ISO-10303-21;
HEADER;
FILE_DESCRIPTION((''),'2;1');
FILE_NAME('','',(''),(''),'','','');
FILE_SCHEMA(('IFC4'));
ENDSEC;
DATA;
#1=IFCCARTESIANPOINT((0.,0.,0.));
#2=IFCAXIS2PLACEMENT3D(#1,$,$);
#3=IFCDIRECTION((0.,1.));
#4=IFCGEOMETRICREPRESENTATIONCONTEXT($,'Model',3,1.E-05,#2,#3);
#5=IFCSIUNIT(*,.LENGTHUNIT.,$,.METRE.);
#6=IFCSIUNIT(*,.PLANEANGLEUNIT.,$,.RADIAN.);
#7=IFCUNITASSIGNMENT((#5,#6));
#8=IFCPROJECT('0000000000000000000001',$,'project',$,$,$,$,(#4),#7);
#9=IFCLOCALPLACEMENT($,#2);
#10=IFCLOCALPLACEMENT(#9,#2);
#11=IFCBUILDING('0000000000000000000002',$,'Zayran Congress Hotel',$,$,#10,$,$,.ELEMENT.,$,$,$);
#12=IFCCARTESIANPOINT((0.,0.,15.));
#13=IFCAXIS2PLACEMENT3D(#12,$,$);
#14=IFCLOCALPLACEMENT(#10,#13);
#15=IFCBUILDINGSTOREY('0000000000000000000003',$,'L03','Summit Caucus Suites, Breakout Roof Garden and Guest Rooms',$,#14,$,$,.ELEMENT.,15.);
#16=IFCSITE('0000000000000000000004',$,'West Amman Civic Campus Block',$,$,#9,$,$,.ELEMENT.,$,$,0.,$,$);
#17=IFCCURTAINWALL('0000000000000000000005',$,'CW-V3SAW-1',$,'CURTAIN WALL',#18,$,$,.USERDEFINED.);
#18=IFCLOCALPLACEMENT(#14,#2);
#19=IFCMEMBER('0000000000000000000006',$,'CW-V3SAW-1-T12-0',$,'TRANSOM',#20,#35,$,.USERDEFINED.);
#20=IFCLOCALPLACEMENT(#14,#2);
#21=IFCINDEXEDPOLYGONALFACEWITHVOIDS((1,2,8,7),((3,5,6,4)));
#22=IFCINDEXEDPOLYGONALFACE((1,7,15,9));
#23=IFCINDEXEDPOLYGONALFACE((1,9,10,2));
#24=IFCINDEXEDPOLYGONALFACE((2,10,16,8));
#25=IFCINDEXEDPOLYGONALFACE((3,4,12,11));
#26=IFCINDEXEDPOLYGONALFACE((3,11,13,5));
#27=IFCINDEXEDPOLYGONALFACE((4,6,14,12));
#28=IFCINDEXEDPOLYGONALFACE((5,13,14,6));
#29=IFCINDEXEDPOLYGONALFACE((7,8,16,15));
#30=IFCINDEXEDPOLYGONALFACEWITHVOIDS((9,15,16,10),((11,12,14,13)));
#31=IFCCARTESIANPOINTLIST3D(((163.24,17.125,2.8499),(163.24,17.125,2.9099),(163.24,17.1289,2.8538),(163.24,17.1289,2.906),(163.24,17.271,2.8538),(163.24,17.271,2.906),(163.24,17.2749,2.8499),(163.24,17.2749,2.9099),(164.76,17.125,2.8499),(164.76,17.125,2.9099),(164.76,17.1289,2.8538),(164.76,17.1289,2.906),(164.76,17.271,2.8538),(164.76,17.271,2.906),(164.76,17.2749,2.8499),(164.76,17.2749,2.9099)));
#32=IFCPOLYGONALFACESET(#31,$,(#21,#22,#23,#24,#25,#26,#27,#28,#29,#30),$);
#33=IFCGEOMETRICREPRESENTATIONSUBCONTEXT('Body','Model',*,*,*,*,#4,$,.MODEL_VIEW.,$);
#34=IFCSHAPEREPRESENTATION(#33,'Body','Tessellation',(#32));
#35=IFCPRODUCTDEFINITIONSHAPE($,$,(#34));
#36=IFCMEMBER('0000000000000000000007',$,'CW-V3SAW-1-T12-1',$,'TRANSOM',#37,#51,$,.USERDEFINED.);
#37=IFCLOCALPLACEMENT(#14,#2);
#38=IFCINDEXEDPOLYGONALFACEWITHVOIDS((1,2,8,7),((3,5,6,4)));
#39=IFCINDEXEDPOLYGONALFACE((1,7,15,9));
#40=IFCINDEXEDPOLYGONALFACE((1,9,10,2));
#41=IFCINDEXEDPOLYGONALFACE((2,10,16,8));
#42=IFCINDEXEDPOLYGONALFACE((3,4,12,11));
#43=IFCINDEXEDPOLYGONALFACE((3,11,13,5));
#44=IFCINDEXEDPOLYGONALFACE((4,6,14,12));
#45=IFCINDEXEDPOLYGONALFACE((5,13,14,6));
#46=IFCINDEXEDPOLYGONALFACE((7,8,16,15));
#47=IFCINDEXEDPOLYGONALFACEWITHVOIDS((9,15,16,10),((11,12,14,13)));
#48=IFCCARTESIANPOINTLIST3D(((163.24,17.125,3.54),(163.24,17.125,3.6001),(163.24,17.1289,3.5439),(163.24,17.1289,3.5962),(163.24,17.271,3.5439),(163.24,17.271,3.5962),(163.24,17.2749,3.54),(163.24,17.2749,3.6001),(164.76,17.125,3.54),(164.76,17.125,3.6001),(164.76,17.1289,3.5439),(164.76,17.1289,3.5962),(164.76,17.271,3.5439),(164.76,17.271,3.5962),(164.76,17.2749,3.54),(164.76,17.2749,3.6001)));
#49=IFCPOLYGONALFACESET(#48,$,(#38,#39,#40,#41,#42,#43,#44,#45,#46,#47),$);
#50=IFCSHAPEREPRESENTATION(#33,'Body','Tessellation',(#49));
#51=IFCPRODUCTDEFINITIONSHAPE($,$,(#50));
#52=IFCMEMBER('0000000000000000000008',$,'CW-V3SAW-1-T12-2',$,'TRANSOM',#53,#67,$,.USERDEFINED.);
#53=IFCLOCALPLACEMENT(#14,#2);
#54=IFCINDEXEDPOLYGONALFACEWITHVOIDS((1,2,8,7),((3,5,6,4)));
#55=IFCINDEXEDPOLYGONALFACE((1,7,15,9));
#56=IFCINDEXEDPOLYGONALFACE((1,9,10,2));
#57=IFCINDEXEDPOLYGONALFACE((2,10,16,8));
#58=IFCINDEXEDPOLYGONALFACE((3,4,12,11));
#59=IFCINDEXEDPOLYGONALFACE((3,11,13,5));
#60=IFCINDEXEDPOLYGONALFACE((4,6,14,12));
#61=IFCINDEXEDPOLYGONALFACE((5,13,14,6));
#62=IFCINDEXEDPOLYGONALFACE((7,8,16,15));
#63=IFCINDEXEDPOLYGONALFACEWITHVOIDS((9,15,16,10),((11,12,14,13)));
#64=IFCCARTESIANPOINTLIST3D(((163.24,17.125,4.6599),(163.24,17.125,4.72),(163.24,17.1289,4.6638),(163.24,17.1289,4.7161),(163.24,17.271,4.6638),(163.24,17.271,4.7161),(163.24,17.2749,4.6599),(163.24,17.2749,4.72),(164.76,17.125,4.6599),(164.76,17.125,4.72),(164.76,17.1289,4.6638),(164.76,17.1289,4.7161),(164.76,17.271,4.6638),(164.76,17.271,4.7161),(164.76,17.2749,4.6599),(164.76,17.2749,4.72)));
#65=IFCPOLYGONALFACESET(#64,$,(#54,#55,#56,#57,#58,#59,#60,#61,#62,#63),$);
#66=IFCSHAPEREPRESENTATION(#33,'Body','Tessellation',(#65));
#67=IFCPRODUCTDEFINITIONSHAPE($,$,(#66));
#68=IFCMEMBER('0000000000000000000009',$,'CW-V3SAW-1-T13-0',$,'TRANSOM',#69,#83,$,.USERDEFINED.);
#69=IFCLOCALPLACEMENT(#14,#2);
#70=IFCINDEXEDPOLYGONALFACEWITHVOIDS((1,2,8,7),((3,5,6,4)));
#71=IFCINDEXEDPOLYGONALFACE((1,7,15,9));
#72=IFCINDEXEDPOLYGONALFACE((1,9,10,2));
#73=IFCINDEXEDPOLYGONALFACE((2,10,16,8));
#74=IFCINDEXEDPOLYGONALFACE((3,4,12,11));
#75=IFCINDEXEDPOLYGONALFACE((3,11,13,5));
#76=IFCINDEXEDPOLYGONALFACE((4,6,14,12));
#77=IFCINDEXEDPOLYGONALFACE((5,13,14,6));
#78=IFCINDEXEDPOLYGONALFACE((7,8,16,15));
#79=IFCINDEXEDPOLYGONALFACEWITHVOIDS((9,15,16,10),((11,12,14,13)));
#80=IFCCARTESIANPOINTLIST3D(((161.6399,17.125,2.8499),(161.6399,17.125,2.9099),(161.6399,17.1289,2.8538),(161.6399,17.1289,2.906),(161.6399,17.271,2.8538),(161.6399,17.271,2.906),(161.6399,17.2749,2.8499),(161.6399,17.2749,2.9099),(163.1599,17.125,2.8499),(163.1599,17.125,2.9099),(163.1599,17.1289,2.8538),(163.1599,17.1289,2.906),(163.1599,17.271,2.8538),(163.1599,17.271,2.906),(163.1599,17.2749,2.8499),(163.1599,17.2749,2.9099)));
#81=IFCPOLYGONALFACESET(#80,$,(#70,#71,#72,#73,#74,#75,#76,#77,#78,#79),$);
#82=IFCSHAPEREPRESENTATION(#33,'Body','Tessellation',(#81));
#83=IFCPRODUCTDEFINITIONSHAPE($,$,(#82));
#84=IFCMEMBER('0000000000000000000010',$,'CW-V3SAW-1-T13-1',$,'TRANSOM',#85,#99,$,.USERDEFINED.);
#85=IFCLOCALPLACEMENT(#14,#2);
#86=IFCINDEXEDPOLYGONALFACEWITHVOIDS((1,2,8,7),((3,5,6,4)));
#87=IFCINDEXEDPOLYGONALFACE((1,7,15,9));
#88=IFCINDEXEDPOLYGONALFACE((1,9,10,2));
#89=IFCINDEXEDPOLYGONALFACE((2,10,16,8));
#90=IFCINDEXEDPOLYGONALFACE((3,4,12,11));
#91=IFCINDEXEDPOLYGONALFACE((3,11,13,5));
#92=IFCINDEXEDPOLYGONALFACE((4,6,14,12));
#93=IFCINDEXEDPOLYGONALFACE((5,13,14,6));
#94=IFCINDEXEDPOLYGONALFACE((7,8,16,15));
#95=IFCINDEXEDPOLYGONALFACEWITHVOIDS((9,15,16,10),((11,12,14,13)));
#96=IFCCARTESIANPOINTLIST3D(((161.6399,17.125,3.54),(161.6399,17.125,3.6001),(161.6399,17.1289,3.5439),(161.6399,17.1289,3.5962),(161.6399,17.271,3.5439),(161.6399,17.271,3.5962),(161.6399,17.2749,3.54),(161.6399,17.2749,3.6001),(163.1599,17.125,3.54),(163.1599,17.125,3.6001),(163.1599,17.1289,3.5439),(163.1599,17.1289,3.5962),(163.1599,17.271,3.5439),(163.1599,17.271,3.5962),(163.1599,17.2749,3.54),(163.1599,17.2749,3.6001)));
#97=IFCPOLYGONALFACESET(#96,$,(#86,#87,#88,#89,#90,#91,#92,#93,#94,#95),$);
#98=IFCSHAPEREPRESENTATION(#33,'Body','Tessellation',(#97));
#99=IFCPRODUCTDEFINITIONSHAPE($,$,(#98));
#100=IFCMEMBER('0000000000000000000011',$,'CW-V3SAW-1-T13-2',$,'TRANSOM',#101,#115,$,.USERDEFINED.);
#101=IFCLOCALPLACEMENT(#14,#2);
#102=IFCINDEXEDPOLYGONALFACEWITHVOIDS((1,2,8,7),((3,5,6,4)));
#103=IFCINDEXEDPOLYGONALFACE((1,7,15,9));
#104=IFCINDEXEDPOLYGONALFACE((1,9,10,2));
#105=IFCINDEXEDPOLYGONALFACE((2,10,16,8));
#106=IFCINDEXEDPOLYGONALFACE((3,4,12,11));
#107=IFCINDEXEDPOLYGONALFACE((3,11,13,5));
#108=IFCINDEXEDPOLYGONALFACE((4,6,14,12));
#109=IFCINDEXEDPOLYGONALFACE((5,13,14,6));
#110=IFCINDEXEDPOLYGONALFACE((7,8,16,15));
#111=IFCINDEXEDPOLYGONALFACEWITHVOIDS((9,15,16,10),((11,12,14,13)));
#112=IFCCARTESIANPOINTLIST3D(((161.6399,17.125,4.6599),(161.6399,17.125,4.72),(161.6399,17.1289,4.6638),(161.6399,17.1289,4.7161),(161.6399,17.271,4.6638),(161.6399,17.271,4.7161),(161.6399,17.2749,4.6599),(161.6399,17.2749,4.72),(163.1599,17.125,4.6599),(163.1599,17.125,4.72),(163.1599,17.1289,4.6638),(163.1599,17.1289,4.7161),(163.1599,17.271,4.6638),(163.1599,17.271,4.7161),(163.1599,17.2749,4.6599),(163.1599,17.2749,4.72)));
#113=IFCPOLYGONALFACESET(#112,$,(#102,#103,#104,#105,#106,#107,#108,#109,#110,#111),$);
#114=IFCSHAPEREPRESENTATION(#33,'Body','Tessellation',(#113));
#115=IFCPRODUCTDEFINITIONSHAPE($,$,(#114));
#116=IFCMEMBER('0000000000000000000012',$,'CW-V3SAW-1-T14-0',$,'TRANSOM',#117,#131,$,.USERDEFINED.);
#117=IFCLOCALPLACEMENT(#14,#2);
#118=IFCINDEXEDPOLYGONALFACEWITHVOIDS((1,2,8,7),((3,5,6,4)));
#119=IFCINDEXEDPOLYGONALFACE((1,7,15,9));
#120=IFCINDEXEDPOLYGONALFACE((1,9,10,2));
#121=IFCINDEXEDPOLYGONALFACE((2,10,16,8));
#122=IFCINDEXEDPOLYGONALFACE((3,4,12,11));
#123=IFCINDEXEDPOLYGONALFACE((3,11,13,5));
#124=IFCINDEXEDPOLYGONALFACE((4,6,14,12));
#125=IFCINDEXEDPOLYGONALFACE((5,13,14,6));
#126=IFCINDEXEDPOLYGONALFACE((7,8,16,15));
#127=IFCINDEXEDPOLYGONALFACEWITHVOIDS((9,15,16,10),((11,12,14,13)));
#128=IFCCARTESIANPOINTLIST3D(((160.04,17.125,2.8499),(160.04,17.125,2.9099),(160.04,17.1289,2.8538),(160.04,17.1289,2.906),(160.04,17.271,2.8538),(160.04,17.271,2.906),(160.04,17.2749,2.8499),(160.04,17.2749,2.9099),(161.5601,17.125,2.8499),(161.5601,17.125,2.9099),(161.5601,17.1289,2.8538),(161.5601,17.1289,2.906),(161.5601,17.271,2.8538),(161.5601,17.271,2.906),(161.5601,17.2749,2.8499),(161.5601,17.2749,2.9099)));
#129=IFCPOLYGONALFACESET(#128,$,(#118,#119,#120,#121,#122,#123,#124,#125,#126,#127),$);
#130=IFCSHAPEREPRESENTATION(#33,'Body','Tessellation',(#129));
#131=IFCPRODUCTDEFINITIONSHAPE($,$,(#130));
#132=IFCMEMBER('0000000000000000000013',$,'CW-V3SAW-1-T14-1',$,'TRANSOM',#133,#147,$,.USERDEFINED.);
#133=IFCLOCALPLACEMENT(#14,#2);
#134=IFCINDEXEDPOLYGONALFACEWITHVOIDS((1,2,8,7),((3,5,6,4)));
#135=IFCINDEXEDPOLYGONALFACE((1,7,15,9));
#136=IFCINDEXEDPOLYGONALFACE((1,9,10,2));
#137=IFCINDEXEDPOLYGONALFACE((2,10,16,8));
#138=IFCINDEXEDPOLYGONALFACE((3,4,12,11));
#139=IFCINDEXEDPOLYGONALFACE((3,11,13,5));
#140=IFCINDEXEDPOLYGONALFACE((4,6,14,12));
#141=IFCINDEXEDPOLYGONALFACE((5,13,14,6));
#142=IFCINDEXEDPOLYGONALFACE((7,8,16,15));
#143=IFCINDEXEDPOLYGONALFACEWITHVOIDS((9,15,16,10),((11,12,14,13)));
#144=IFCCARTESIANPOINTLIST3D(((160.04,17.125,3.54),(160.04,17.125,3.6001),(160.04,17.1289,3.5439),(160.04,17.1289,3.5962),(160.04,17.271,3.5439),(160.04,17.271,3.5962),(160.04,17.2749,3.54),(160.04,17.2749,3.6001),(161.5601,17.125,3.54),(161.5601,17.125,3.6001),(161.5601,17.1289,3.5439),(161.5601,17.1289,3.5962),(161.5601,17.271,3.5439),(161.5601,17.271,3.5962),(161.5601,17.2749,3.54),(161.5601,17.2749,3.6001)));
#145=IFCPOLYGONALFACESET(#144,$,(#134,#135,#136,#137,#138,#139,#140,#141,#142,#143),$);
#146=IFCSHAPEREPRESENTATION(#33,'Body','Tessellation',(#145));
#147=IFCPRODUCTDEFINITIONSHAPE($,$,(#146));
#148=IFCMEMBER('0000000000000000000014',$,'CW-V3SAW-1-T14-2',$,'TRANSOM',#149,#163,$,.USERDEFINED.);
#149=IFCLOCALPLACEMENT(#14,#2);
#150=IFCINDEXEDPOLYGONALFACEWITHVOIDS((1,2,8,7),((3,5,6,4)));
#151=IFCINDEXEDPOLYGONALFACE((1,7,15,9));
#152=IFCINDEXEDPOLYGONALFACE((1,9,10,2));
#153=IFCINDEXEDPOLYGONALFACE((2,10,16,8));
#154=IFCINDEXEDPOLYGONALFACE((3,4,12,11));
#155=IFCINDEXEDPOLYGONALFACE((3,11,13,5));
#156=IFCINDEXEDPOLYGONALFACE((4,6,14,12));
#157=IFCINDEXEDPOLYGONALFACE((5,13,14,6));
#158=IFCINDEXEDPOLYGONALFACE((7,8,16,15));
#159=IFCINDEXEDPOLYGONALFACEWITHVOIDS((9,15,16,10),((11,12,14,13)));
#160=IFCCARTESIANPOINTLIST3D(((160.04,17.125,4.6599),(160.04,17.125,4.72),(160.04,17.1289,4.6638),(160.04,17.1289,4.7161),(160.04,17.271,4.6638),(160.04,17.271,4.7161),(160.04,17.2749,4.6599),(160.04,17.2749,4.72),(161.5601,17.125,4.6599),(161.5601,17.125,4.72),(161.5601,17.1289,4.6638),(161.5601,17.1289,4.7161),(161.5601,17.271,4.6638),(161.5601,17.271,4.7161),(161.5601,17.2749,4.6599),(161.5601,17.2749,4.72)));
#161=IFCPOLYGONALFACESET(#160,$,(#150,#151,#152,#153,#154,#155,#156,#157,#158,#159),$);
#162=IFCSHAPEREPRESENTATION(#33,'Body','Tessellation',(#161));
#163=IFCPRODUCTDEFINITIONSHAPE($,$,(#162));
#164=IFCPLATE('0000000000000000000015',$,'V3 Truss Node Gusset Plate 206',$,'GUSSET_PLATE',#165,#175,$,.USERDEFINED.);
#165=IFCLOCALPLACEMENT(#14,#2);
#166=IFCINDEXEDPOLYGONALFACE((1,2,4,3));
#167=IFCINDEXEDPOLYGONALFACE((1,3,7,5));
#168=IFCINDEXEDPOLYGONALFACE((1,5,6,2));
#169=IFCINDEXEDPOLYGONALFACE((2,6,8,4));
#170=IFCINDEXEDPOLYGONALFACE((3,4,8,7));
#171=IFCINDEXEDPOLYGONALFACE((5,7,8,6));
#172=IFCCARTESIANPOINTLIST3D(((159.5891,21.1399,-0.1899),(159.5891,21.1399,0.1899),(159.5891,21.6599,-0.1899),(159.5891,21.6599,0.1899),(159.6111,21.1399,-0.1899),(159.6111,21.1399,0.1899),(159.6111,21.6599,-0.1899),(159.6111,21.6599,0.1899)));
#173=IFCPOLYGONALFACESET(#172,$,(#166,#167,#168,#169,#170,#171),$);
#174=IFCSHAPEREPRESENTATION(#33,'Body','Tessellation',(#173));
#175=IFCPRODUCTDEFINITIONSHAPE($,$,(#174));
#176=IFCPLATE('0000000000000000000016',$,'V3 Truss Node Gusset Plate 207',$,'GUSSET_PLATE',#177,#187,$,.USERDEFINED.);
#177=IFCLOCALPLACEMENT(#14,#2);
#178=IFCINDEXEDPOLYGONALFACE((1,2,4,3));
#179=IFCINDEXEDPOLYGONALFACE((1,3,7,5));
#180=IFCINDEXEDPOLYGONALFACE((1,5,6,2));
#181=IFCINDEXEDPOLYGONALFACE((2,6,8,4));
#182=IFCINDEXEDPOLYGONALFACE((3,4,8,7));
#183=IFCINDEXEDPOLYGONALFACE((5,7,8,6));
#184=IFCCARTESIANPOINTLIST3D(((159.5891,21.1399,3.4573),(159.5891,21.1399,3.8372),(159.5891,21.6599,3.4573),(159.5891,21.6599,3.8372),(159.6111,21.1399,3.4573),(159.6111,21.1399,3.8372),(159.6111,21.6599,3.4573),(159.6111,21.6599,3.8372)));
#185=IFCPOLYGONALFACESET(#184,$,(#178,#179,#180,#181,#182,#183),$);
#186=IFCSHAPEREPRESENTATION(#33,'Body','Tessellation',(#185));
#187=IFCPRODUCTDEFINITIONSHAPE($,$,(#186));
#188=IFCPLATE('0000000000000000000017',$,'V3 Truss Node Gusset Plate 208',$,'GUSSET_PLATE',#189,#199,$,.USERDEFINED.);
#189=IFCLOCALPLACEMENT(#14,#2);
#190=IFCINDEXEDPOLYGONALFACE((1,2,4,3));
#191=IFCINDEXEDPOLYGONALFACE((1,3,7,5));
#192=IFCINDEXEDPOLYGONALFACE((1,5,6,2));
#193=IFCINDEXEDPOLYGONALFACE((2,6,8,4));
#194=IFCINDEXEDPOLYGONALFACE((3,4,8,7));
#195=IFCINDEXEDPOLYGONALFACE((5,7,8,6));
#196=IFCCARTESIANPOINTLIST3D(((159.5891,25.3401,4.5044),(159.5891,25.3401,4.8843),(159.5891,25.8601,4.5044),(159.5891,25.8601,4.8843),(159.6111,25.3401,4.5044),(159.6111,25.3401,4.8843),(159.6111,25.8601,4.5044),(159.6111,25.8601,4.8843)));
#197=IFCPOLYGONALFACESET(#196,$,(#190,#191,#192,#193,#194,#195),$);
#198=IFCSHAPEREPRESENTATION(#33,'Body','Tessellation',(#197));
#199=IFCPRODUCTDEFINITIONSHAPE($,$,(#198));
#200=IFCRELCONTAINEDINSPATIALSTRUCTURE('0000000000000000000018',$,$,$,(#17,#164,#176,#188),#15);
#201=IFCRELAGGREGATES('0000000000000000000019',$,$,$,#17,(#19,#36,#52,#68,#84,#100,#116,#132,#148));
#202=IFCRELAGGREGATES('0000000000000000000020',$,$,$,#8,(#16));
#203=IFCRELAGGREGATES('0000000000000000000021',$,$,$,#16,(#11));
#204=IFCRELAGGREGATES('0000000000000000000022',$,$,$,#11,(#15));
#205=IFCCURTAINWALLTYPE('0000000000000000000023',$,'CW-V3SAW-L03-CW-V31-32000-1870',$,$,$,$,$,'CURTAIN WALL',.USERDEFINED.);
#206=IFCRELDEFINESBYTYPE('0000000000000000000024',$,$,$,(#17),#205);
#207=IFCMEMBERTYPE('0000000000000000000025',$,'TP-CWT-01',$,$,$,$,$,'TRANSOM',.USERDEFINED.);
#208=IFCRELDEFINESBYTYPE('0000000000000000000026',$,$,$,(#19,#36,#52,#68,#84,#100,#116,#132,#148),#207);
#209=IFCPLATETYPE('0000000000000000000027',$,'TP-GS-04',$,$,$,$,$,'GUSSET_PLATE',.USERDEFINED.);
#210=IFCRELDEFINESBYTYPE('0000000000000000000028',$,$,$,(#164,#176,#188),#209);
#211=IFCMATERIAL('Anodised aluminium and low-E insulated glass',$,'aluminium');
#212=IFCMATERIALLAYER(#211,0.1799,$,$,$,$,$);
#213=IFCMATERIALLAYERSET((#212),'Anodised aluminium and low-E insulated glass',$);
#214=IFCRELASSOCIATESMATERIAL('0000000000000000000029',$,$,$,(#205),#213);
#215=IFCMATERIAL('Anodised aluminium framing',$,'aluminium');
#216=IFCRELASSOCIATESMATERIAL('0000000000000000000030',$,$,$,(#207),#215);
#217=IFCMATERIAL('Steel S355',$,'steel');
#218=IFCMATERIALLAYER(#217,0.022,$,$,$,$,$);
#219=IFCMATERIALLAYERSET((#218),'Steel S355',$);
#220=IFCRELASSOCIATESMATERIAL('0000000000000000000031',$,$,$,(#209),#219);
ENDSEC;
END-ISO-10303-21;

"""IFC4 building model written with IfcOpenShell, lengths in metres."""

from ifc_helpers import new_model, si_unit, direction, frame, origin, origin_2d, place, context, subcontext, project, spatial, rectangle, hollow_rectangle, extrude, material, layer, layer_set, material_profile, profile_set, type_object, element, aggregate, save


model = new_model("IFC4")

# Units and contexts
model_context = context("Model", 3, precision=1e-05, world=origin(), true_north=direction((0.0, 1.0)))
body_context = subcontext(model_context, "Body", "Model", "MODEL_VIEW")
ifc_project = project(units=[si_unit("LENGTHUNIT", "METRE"), si_unit("PLANEANGLEUNIT", "RADIAN")], contexts=[model_context])

# Site, building, storey
site_placement = place(None, origin())
site = spatial("IfcSite", under=ifc_project, at=site_placement, Name="West Amman Civic Campus Block", CompositionType="ELEMENT", RefElevation=0.0)
building_placement = place(site_placement, origin())
building = spatial("IfcBuilding", under=site, at=building_placement, Name="Zayran Congress Hotel", CompositionType="ELEMENT")
storey_placement = place(building_placement, frame((0.0, 0.0, 15.0)))
storey = spatial("IfcBuildingStorey", under=building, at=storey_placement, Name="L03", Description="Summit Caucus Suites, Breakout Roof Garden and Guest Rooms", CompositionType="ELEMENT", Elevation=15.0)

# Shared definitions
ifc_material_1 = material(Name="Steel S355", Category="steel")

# Curtain wall, members
ifc_material_2 = material(Name="Anodised aluminium and low-E insulated glass", Category="aluminium")
ifc_layer_1 = layer(ifc_material_2, 0.1799)
ifc_layer_set_1 = layer_set([ifc_layer_1], Name="Anodised aluminium and low-E insulated glass")
curtain_wall_type = type_object("IfcCurtainWallType", Name="CW-V3SAW-L03-CW-V31-32000-1870", ElementType="CURTAIN WALL", PredefinedType="USERDEFINED", material=ifc_layer_set_1)
curtain_wall_placement = place(storey_placement, origin())
curtain_wall = element("IfcCurtainWall", 1, at=curtain_wall_placement, inside=storey, type_object=curtain_wall_type, Name="CW-V3SAW-1", ObjectType="CURTAIN WALL", PredefinedType="USERDEFINED")
ifc_material_3 = material(Name="Anodised aluminium framing", Category="aluminium")
ifc_material_profile_1 = material_profile(ifc_material_3, hollow_rectangle(XDim=0.0601, YDim=0.1499, WallThickness=0.0039, at=origin_2d()), Name="RHS 150x60x4")
ifc_profile_set_1 = profile_set([ifc_material_profile_1], Name="Anodised aluminium framing")
member_type_1 = type_object("IfcMemberType", Name="TP-CWT-01", ElementType="TRANSOM", PredefinedType="USERDEFINED", material=ifc_profile_set_1)
member_1_placement = place(storey_placement, frame((164.76, 17.2, 2.8799), z_axis=(-1.0, 0.0, 0.0), x_axis=(0.0, 0.0, 1.0)))
member_1 = element("IfcMember", 2, at=member_1_placement, type_object=member_type_1, Name="CW-V3SAW-1-T12-0", ObjectType="TRANSOM", PredefinedType="USERDEFINED", context=body_context, shape_type="SweptSolid", body=[
    extrude(hollow_rectangle(XDim=0.0601, YDim=0.1499, WallThickness=0.0039, at=origin_2d()), origin(), (0.0, 0.0, 1.0), 1.52),
])
member_2_placement = place(storey_placement, frame((164.76, 17.2, 3.5701), z_axis=(-1.0, 0.0, 0.0), x_axis=(0.0, 0.0, 1.0)))
member_2 = element("IfcMember", 3, at=member_2_placement, type_object=member_type_1, Name="CW-V3SAW-1-T12-1", ObjectType="TRANSOM", PredefinedType="USERDEFINED", context=body_context, shape_type="SweptSolid", body=[
    extrude(hollow_rectangle(XDim=0.0601, YDim=0.1499, WallThickness=0.0039, at=origin_2d()), origin(), (0.0, 0.0, 1.0), 1.52),
])
member_3_placement = place(storey_placement, frame((164.76, 17.2, 4.6899), z_axis=(-1.0, 0.0, 0.0), x_axis=(0.0, 0.0, 1.0)))
member_3 = element("IfcMember", 4, at=member_3_placement, type_object=member_type_1, Name="CW-V3SAW-1-T12-2", ObjectType="TRANSOM", PredefinedType="USERDEFINED", context=body_context, shape_type="SweptSolid", body=[
    extrude(hollow_rectangle(XDim=0.0601, YDim=0.1499, WallThickness=0.0039, at=origin_2d()), origin(), (0.0, 0.0, 1.0), 1.52),
])
member_4_placement = place(storey_placement, frame((163.1599, 17.2, 2.8799), z_axis=(-1.0, 0.0, 0.0), x_axis=(0.0, 0.0, 1.0)))
member_4 = element("IfcMember", 5, at=member_4_placement, type_object=member_type_1, Name="CW-V3SAW-1-T13-0", ObjectType="TRANSOM", PredefinedType="USERDEFINED", context=body_context, shape_type="SweptSolid", body=[
    extrude(hollow_rectangle(XDim=0.0601, YDim=0.1499, WallThickness=0.0039, at=origin_2d()), origin(), (0.0, 0.0, 1.0), 1.52),
])
member_5_placement = place(storey_placement, frame((163.1599, 17.2, 3.5701), z_axis=(-1.0, 0.0, 0.0), x_axis=(0.0, 0.0, 1.0)))
member_5 = element("IfcMember", 6, at=member_5_placement, type_object=member_type_1, Name="CW-V3SAW-1-T13-1", ObjectType="TRANSOM", PredefinedType="USERDEFINED", context=body_context, shape_type="SweptSolid", body=[
    extrude(hollow_rectangle(XDim=0.0601, YDim=0.1499, WallThickness=0.0039, at=origin_2d()), origin(), (0.0, 0.0, 1.0), 1.52),
])
member_6_placement = place(storey_placement, frame((163.1599, 17.2, 4.6899), z_axis=(-1.0, 0.0, 0.0), x_axis=(0.0, 0.0, 1.0)))
member_6 = element("IfcMember", 7, at=member_6_placement, type_object=member_type_1, Name="CW-V3SAW-1-T13-2", ObjectType="TRANSOM", PredefinedType="USERDEFINED", context=body_context, shape_type="SweptSolid", body=[
    extrude(hollow_rectangle(XDim=0.0601, YDim=0.1499, WallThickness=0.0039, at=origin_2d()), origin(), (0.0, 0.0, 1.0), 1.52),
])
member_7_placement = place(storey_placement, frame((161.5601, 17.2, 2.8799), z_axis=(-1.0, 0.0, 0.0), x_axis=(0.0, 0.0, 1.0)))
member_7 = element("IfcMember", 8, at=member_7_placement, type_object=member_type_1, Name="CW-V3SAW-1-T14-0", ObjectType="TRANSOM", PredefinedType="USERDEFINED", context=body_context, shape_type="SweptSolid", body=[
    extrude(hollow_rectangle(XDim=0.0601, YDim=0.1499, WallThickness=0.0039, at=origin_2d()), origin(), (0.0, 0.0, 1.0), 1.52),
])
member_8_placement = place(storey_placement, frame((161.5601, 17.2, 3.5701), z_axis=(-1.0, 0.0, 0.0), x_axis=(0.0, 0.0, 1.0)))
member_8 = element("IfcMember", 9, at=member_8_placement, type_object=member_type_1, Name="CW-V3SAW-1-T14-1", ObjectType="TRANSOM", PredefinedType="USERDEFINED", context=body_context, shape_type="SweptSolid", body=[
    extrude(hollow_rectangle(XDim=0.0601, YDim=0.1499, WallThickness=0.0039, at=origin_2d()), origin(), (0.0, 0.0, 1.0), 1.52),
])
member_9_placement = place(storey_placement, frame((161.5601, 17.2, 4.6899), z_axis=(-1.0, 0.0, 0.0), x_axis=(0.0, 0.0, 1.0)))
member_9 = element("IfcMember", 10, at=member_9_placement, type_object=member_type_1, Name="CW-V3SAW-1-T14-2", ObjectType="TRANSOM", PredefinedType="USERDEFINED", context=body_context, shape_type="SweptSolid", body=[
    extrude(hollow_rectangle(XDim=0.0601, YDim=0.1499, WallThickness=0.0039, at=origin_2d()), origin(), (0.0, 0.0, 1.0), 1.52),
])

# Plates
ifc_layer_2 = layer(ifc_material_1, 0.022)
ifc_layer_set_2 = layer_set([ifc_layer_2], Name="Steel S355")
plate_type_1 = type_object("IfcPlateType", Name="TP-GS-04", ElementType="GUSSET_PLATE", PredefinedType="USERDEFINED", material=ifc_layer_set_2)
for number, where, z_axis, x_axis, name in (
    (11, (159.6001, 21.3999, -0.1899), (0.0, 0.0, 1.0), (0.0, 1.0, 0.0), "V3 Truss Node Gusset Plate 206"),
    (12, (159.6001, 21.3999, 3.4573), (0.0, 0.0, 1.0), (0.0, 1.0, 0.0), "V3 Truss Node Gusset Plate 207"),
    (13, (159.6001, 25.6001, 4.5044), (0.0, 0.0, 1.0), (0.0, 1.0, 0.0), "V3 Truss Node Gusset Plate 208"),
):
    element("IfcPlate", number, at=place(storey_placement, frame(where, z_axis=z_axis, x_axis=x_axis)), inside=storey, type_object=plate_type_1, Name=name, ObjectType="GUSSET_PLATE", PredefinedType="USERDEFINED", context=body_context, shape_type="SweptSolid", body=[
        extrude(rectangle(XDim=0.52, YDim=0.022, at=origin_2d()), origin(), (0.0, 0.0, 1.0), 0.3799),
    ])

aggregate(curtain_wall, [member_1, member_2, member_3, member_4, member_5, member_6, member_7, member_8, member_9])

save(model, "model.ifc")
